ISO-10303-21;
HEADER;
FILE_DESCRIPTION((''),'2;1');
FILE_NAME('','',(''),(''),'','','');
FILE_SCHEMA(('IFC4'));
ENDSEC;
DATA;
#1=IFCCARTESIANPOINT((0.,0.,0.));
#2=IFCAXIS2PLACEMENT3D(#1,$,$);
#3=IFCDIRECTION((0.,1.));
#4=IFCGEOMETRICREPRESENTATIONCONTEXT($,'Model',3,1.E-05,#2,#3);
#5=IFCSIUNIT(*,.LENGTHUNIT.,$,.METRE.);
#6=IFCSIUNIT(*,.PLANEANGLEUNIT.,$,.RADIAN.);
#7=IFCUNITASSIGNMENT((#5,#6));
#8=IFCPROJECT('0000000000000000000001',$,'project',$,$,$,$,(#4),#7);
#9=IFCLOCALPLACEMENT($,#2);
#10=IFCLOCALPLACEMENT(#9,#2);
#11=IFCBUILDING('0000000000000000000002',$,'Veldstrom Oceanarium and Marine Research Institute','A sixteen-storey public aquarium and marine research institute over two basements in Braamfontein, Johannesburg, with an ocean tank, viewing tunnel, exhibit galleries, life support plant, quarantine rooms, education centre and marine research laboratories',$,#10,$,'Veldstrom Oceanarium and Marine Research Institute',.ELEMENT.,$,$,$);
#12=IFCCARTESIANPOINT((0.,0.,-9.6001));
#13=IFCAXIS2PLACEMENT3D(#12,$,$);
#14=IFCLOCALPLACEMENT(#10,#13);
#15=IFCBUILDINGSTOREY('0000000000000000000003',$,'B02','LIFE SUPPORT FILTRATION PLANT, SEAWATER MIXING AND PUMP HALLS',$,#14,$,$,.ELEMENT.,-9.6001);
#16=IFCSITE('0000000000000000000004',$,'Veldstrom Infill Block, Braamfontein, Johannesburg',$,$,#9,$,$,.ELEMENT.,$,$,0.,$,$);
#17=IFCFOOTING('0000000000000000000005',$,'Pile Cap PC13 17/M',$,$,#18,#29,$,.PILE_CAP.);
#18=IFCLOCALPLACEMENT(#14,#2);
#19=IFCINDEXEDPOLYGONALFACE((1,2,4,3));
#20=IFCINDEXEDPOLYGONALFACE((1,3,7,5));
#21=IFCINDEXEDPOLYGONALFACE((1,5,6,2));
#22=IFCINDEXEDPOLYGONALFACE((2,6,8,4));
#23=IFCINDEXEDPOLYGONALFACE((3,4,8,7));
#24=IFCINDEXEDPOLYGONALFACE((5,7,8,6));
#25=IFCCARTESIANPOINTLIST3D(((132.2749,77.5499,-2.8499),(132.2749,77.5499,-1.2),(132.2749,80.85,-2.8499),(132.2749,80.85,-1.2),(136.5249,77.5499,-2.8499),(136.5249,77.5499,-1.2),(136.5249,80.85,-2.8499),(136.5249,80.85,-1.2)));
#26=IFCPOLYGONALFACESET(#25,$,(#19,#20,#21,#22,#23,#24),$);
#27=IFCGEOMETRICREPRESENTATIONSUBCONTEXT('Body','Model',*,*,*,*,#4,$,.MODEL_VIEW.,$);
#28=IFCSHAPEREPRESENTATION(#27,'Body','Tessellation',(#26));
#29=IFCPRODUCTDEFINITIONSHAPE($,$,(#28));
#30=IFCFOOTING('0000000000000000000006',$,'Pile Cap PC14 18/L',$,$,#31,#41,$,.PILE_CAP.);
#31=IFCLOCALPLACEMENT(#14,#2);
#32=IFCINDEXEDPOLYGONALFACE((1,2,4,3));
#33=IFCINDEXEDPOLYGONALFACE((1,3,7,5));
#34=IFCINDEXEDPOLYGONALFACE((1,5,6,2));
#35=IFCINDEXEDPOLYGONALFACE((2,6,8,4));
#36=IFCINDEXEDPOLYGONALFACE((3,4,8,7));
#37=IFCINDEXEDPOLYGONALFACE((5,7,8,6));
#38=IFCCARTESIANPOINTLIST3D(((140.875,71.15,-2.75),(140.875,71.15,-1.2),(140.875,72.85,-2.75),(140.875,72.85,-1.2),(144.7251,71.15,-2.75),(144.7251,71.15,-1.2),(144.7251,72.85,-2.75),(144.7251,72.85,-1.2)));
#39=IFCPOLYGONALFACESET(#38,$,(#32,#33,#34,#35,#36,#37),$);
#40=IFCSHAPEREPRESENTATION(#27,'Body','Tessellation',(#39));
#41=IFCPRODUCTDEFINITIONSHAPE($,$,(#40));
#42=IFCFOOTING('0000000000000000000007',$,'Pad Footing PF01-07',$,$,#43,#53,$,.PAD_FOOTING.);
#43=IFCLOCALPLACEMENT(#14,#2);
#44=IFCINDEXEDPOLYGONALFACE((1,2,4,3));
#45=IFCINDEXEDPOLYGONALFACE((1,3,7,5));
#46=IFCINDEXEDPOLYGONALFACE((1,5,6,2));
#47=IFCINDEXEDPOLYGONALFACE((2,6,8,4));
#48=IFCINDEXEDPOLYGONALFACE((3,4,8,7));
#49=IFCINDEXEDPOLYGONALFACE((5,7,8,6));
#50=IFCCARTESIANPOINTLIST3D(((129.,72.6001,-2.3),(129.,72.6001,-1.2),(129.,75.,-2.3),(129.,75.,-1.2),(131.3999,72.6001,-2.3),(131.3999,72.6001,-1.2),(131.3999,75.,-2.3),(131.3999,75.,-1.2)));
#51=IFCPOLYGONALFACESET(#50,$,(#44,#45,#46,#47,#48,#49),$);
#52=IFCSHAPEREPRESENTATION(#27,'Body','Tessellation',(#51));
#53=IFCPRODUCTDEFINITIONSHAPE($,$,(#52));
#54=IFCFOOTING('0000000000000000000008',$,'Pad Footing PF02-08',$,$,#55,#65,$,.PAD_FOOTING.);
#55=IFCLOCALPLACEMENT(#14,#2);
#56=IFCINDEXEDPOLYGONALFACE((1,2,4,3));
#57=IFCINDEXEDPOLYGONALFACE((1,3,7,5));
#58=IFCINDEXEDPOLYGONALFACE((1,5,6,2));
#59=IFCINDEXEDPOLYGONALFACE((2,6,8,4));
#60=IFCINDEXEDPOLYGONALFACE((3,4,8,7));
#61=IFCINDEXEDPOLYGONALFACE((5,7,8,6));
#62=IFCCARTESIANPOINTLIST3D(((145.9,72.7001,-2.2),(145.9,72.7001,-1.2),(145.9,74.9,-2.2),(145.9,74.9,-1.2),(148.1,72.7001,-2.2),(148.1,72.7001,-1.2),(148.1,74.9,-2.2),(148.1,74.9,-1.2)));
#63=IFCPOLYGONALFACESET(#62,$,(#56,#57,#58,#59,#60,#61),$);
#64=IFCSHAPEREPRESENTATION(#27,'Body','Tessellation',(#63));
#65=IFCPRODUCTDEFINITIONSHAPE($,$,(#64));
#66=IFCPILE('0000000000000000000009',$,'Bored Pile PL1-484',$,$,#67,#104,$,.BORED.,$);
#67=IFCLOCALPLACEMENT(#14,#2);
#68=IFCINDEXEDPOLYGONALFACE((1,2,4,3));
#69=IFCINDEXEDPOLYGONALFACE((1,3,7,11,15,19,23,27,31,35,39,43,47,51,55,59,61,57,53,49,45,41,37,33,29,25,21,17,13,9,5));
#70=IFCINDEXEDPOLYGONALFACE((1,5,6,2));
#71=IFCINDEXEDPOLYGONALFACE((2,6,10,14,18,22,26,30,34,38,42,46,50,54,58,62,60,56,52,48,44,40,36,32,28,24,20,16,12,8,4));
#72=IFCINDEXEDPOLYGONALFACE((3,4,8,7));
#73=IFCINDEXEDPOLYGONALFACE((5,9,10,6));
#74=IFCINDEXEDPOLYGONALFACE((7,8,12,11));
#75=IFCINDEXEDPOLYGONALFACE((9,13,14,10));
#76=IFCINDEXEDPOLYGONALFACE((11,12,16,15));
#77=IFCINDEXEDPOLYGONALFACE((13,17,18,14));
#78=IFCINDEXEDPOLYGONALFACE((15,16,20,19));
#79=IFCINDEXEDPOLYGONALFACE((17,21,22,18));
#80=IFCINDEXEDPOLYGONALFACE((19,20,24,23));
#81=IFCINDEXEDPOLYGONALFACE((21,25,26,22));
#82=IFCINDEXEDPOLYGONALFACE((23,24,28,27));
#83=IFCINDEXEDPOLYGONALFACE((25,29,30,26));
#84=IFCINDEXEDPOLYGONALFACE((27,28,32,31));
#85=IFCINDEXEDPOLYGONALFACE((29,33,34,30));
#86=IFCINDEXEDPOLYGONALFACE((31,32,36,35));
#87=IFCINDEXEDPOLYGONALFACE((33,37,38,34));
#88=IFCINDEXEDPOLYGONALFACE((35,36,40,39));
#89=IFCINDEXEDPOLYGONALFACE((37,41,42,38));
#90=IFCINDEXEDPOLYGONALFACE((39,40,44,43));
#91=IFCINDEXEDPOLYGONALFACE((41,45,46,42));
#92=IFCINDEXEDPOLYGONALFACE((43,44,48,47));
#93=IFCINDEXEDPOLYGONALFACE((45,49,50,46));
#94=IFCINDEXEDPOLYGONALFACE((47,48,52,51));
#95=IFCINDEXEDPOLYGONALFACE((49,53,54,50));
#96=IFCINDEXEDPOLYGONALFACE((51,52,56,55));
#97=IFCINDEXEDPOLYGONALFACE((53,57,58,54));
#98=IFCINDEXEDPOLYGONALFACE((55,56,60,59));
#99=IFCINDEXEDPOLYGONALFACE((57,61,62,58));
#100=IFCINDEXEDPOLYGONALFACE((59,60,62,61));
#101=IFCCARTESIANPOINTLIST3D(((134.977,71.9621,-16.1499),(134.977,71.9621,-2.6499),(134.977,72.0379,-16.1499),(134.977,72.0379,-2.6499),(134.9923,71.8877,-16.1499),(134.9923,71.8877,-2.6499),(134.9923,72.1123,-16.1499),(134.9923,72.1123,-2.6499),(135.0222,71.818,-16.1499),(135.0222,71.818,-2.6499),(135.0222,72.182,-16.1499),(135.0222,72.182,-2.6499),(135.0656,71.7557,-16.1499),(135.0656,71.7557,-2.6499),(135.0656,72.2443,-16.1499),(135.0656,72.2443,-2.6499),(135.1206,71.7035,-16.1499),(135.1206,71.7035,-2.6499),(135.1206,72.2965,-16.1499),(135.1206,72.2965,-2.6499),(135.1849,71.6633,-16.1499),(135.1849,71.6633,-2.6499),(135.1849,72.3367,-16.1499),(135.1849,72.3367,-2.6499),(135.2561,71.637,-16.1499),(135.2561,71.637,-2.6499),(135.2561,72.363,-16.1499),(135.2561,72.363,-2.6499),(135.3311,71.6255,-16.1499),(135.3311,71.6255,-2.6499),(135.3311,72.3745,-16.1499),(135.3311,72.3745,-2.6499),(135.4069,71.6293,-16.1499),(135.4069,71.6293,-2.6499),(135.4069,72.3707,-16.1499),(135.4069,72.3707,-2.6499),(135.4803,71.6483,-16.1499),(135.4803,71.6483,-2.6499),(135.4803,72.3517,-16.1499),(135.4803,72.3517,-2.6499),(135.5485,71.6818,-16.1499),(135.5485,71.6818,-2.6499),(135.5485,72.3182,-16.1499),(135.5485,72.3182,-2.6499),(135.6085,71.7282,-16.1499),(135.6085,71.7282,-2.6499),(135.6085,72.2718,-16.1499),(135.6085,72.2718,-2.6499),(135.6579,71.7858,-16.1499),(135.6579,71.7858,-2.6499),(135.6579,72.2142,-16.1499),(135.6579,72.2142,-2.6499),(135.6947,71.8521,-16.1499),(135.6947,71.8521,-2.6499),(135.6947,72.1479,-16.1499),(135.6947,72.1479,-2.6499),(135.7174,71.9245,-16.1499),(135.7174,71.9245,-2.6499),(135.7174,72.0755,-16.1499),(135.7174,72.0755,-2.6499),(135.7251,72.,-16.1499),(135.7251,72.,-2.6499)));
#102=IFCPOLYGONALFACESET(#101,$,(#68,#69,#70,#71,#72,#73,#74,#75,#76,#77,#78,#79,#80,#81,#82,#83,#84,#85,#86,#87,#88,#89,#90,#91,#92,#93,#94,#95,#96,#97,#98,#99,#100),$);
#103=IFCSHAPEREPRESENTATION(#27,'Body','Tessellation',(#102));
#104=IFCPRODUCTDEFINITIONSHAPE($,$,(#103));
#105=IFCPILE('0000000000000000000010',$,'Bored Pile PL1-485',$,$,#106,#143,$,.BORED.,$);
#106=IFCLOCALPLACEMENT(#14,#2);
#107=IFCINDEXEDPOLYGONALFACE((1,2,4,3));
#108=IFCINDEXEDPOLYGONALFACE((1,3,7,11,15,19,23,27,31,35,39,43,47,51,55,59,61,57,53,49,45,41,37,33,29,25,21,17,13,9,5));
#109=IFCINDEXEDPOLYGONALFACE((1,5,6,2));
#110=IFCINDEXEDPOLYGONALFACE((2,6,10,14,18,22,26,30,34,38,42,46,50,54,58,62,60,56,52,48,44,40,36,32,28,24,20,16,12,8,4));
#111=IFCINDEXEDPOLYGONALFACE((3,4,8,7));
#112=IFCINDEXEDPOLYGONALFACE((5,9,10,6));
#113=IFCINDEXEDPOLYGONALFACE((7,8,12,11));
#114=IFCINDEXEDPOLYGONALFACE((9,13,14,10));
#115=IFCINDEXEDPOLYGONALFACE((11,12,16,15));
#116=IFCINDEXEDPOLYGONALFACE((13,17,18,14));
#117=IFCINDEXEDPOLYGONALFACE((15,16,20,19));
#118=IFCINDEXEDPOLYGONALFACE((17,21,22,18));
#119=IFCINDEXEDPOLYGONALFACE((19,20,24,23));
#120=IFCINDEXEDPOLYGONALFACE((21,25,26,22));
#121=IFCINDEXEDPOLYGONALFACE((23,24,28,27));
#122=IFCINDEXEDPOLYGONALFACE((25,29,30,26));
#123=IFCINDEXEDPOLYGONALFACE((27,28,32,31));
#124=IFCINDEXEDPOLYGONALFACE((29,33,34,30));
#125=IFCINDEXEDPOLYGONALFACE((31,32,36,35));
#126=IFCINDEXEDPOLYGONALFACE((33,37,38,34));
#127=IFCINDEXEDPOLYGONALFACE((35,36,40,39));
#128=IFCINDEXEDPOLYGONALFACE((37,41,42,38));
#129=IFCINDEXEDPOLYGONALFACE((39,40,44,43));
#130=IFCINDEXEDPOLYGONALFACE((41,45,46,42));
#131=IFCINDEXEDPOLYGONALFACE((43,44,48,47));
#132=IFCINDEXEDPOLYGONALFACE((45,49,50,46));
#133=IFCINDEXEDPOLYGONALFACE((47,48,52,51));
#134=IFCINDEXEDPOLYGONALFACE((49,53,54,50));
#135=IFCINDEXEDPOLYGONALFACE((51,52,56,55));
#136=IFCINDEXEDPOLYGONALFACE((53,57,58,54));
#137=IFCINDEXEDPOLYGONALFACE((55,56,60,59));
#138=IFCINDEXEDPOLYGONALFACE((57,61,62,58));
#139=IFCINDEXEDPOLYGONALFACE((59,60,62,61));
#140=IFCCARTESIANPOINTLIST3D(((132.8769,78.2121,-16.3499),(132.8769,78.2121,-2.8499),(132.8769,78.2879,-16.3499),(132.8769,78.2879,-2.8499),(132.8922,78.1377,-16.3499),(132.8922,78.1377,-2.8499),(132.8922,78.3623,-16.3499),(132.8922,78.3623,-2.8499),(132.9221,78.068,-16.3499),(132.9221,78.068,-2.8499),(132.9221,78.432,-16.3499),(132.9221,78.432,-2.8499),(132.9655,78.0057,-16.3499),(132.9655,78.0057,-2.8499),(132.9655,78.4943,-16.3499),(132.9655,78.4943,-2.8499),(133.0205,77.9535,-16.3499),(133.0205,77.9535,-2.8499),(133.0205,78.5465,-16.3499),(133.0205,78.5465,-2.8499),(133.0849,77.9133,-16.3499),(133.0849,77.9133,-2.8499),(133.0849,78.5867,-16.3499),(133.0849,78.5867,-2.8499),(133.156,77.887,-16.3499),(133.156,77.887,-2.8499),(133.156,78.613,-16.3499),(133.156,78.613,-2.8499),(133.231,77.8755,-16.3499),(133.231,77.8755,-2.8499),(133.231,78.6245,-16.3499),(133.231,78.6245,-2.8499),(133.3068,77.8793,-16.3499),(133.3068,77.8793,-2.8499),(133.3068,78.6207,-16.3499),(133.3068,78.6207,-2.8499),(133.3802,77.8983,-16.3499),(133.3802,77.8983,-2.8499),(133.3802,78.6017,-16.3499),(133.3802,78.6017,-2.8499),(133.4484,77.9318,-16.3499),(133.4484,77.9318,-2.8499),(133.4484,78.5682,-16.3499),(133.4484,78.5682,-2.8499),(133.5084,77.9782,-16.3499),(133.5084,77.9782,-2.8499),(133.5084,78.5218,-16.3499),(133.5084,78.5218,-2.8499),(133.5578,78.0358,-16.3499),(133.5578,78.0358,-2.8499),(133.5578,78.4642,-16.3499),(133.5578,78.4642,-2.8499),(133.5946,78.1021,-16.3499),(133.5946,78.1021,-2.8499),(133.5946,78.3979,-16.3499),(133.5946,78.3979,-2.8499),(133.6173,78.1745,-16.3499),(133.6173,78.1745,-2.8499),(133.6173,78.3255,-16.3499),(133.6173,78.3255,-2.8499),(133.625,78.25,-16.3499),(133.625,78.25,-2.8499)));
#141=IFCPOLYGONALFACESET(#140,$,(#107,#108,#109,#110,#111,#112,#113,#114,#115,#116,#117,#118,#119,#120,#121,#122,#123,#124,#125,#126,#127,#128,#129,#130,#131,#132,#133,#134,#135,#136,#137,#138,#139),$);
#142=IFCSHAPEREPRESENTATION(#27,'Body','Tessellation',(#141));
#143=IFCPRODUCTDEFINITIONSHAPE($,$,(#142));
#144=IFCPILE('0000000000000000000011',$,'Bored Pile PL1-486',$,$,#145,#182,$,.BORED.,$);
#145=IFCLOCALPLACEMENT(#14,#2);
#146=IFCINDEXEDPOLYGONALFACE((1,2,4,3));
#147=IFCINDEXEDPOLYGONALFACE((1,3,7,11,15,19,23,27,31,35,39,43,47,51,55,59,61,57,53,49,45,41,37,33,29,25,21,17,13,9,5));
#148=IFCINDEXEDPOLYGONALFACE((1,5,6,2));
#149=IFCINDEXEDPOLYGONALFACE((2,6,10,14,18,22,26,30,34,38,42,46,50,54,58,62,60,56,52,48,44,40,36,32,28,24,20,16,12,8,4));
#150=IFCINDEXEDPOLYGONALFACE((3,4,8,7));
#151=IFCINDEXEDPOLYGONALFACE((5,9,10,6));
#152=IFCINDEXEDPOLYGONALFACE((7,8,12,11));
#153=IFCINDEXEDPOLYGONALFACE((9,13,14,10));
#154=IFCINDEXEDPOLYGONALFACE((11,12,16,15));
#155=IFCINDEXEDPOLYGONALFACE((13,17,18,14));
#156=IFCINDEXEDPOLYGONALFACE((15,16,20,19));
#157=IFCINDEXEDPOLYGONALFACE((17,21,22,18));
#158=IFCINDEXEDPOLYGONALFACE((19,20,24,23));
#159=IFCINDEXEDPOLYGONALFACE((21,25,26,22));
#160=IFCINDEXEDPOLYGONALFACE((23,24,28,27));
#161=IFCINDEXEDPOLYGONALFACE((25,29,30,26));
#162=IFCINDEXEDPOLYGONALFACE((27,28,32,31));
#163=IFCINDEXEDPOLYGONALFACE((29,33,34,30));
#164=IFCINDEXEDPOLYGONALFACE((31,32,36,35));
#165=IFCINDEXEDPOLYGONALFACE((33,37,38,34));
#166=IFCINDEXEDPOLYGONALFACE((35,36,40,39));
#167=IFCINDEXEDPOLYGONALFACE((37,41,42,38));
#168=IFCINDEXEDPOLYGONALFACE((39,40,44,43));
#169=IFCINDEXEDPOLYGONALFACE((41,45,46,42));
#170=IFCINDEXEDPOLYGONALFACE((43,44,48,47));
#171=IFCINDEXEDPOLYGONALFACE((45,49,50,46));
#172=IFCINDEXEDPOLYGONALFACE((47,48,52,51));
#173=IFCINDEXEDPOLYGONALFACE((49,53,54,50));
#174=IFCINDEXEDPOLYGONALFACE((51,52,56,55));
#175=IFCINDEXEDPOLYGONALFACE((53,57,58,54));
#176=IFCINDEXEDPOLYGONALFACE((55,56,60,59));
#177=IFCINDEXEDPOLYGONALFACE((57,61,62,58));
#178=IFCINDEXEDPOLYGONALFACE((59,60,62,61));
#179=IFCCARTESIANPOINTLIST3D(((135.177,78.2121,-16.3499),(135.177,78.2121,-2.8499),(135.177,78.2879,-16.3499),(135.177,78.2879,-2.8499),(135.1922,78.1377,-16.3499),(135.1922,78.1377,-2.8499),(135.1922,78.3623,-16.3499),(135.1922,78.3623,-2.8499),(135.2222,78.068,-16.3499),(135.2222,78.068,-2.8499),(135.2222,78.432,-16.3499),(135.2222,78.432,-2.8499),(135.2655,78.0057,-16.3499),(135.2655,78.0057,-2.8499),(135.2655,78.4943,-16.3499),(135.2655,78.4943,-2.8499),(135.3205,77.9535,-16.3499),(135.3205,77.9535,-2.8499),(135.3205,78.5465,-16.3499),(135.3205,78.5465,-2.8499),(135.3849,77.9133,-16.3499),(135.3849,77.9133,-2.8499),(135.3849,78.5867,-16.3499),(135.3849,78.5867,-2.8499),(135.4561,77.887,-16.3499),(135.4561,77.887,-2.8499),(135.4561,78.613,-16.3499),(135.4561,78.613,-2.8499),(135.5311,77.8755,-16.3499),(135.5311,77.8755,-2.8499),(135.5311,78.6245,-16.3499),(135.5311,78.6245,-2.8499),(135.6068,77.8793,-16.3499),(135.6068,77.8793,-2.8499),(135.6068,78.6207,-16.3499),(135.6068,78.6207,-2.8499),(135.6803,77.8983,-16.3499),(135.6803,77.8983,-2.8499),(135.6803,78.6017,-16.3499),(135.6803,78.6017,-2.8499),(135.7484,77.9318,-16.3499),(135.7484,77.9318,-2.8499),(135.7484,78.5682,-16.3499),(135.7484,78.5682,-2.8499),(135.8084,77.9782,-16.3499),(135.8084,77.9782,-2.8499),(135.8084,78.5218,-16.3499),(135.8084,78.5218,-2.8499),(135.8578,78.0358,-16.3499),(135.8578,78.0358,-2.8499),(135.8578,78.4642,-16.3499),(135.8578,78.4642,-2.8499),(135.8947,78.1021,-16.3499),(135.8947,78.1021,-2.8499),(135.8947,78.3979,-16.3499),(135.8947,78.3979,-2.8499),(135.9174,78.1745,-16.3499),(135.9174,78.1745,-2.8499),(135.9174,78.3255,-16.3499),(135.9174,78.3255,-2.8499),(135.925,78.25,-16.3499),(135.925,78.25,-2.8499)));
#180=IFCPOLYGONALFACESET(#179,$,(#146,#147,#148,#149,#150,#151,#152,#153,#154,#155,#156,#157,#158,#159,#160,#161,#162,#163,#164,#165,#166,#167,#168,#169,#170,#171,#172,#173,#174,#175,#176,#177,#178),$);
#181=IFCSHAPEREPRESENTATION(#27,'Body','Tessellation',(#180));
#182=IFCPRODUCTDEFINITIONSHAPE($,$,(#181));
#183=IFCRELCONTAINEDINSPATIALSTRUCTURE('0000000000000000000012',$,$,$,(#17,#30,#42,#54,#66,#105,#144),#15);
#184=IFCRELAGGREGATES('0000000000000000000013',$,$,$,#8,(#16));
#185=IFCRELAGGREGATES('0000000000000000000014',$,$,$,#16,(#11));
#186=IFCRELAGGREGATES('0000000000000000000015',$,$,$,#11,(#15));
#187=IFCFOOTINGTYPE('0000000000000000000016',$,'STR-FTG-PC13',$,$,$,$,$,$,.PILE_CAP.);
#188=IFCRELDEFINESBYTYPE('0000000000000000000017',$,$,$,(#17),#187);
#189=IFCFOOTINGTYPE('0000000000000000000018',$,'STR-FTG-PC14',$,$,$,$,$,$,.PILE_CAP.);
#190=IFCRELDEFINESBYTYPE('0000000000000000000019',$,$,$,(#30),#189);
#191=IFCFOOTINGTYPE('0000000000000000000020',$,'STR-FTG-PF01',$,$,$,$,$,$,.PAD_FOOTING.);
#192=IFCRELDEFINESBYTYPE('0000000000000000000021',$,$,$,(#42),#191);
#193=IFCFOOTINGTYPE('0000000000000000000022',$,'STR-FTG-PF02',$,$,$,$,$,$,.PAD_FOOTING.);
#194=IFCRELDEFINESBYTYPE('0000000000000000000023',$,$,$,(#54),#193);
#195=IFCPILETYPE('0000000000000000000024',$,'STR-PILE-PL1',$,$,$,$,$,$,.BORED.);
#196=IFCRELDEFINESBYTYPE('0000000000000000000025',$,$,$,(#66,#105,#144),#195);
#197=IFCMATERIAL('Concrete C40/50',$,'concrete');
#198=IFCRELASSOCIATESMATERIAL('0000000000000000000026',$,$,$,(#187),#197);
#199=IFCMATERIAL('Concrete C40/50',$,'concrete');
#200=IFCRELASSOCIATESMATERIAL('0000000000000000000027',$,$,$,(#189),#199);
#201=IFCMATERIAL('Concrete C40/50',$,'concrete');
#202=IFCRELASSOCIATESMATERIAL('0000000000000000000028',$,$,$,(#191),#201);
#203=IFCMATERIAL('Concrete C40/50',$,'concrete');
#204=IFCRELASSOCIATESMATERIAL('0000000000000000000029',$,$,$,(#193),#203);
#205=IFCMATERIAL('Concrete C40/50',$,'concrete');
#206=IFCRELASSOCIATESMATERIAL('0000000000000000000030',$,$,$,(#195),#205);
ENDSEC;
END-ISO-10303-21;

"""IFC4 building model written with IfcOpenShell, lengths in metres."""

from ifc_helpers import new_model, si_unit, direction, frame, origin, origin_2d, place, context, subcontext, project, spatial, rectangle, circle, extrude, material, material_profile, profile_set, type_object, element, save


model = new_model("IFC4")

# Units and contexts
model_context = context("Model", 3, precision=1e-05, world=origin(), true_north=direction((0.0, 1.0)))
body_context = subcontext(model_context, "Body", "Model", "MODEL_VIEW")
ifc_project = project(units=[si_unit("LENGTHUNIT", "METRE"), si_unit("PLANEANGLEUNIT", "RADIAN")], contexts=[model_context])

# Site, building, storey
site_placement = place(None, origin())
site = spatial("IfcSite", under=ifc_project, at=site_placement, Name="Veldstrom Infill Block, Braamfontein, Johannesburg", CompositionType="ELEMENT", RefElevation=0.0)
building_placement = place(site_placement, origin())
building = spatial("IfcBuilding", under=site, at=building_placement, Name="Veldstrom Oceanarium and Marine Research Institute", Description="A sixteen-storey public aquarium and marine research institute over two basements in Braamfontein, Johannesburg, with an ocean tank, viewing tunnel, exhibit galleries, life support plant, quarantine rooms, education centre and marine research laboratories", LongName="Veldstrom Oceanarium and Marine Research Institute", CompositionType="ELEMENT")
storey_placement = place(building_placement, frame((0.0, 0.0, -9.6001)))
storey = spatial("IfcBuildingStorey", under=building, at=storey_placement, Name="B02", Description="LIFE SUPPORT FILTRATION PLANT, SEAWATER MIXING AND PUMP HALLS", CompositionType="ELEMENT", Elevation=-9.6001)

# Footings
ifc_material_1 = material(Name="Concrete C40/50", Category="concrete")
footing_type_1 = type_object("IfcFootingType", Name="STR-FTG-PC13", PredefinedType="PILE_CAP", material=ifc_material_1)
footing_1_placement = place(storey_placement, frame((134.3999, 79.2, -2.8499), z_axis=(0.0, 0.0, 1.0), x_axis=(1.0, 0.0, 0.0)))
element("IfcFooting", 1, at=footing_1_placement, inside=storey, type_object=footing_type_1, Name="Pile Cap PC13 17/M", PredefinedType="PILE_CAP", context=body_context, shape_type="SweptSolid", body=[
    extrude(rectangle(XDim=4.25, YDim=3.3, at=origin_2d()), origin(), (0.0, 0.0, 1.0), 1.6499),
])
ifc_material_2 = material(Name="Concrete C40/50", Category="concrete")
footing_type_2 = type_object("IfcFootingType", Name="STR-FTG-PC14", PredefinedType="PILE_CAP", material=ifc_material_2)
footing_2_placement = place(storey_placement, frame((142.8, 72.0, -2.75), z_axis=(0.0, 0.0, 1.0), x_axis=(1.0, 0.0, 0.0)))
element("IfcFooting", 2, at=footing_2_placement, inside=storey, type_object=footing_type_2, Name="Pile Cap PC14 18/L", PredefinedType="PILE_CAP", context=body_context, shape_type="SweptSolid", body=[
    extrude(rectangle(XDim=3.8501, YDim=1.7, at=origin_2d()), origin(), (0.0, 0.0, 1.0), 1.55),
])
ifc_material_3 = material(Name="Concrete C40/50", Category="concrete")
footing_type_3 = type_object("IfcFootingType", Name="STR-FTG-PF01", PredefinedType="PAD_FOOTING", material=ifc_material_3)
footing_3_placement = place(storey_placement, frame((130.2, 73.8, -2.3), z_axis=(0.0, 0.0, 1.0), x_axis=(1.0, 0.0, 0.0)))
element("IfcFooting", 3, at=footing_3_placement, inside=storey, type_object=footing_type_3, Name="Pad Footing PF01-07", PredefinedType="PAD_FOOTING", context=body_context, shape_type="SweptSolid", body=[
    extrude(rectangle(XDim=2.3999, YDim=2.3999, at=origin_2d()), origin(), (0.0, 0.0, 1.0), 1.1001),
])
ifc_material_4 = material(Name="Concrete C40/50", Category="concrete")
footing_type_4 = type_object("IfcFootingType", Name="STR-FTG-PF02", PredefinedType="PAD_FOOTING", material=ifc_material_4)
footing_4_placement = place(storey_placement, frame((147.0, 73.8, -2.2), z_axis=(0.0, 0.0, 1.0), x_axis=(1.0, 0.0, 0.0)))
element("IfcFooting", 4, at=footing_4_placement, inside=storey, type_object=footing_type_4, Name="Pad Footing PF02-08", PredefinedType="PAD_FOOTING", context=body_context, shape_type="SweptSolid", body=[
    extrude(rectangle(XDim=2.2, YDim=2.2, at=origin_2d()), origin(), (0.0, 0.0, 1.0), 1.0),
])

# Piles
ifc_material_5 = material(Name="Concrete C40/50", Category="concrete")
ifc_material_profile_1 = material_profile(ifc_material_5, circle(Radius=0.375, at=origin_2d()), Name="PILE-D750")
ifc_profile_set_1 = profile_set([ifc_material_profile_1], Name="Concrete C40/50")
pile_type = type_object("IfcPileType", Name="STR-PILE-PL1", PredefinedType="BORED", material=ifc_profile_set_1)
for number, where, z_axis, x_axis, name in (
    (5, (135.3501, 72.0, -2.6499), (0.0, 0.0, -1.0), (1.0, 0.0, 0.0), "Bored Pile PL1-484"),
    (6, (133.25, 78.25, -2.8499), (0.0, 0.0, -1.0), (1.0, 0.0, 0.0), "Bored Pile PL1-485"),
    (7, (135.55, 78.25, -2.8499), (0.0, 0.0, -1.0), (1.0, 0.0, 0.0), "Bored Pile PL1-486"),
):
    element("IfcPile", number, at=place(storey_placement, frame(where, z_axis=z_axis, x_axis=x_axis)), inside=storey, type_object=pile_type, Name=name, PredefinedType="BORED", context=body_context, shape_type="SweptSolid", body=[
        extrude(circle(Radius=0.375, at=origin_2d()), origin(), (0.0, 0.0, 1.0), 13.5),
    ])

save(model, "model.ifc")
